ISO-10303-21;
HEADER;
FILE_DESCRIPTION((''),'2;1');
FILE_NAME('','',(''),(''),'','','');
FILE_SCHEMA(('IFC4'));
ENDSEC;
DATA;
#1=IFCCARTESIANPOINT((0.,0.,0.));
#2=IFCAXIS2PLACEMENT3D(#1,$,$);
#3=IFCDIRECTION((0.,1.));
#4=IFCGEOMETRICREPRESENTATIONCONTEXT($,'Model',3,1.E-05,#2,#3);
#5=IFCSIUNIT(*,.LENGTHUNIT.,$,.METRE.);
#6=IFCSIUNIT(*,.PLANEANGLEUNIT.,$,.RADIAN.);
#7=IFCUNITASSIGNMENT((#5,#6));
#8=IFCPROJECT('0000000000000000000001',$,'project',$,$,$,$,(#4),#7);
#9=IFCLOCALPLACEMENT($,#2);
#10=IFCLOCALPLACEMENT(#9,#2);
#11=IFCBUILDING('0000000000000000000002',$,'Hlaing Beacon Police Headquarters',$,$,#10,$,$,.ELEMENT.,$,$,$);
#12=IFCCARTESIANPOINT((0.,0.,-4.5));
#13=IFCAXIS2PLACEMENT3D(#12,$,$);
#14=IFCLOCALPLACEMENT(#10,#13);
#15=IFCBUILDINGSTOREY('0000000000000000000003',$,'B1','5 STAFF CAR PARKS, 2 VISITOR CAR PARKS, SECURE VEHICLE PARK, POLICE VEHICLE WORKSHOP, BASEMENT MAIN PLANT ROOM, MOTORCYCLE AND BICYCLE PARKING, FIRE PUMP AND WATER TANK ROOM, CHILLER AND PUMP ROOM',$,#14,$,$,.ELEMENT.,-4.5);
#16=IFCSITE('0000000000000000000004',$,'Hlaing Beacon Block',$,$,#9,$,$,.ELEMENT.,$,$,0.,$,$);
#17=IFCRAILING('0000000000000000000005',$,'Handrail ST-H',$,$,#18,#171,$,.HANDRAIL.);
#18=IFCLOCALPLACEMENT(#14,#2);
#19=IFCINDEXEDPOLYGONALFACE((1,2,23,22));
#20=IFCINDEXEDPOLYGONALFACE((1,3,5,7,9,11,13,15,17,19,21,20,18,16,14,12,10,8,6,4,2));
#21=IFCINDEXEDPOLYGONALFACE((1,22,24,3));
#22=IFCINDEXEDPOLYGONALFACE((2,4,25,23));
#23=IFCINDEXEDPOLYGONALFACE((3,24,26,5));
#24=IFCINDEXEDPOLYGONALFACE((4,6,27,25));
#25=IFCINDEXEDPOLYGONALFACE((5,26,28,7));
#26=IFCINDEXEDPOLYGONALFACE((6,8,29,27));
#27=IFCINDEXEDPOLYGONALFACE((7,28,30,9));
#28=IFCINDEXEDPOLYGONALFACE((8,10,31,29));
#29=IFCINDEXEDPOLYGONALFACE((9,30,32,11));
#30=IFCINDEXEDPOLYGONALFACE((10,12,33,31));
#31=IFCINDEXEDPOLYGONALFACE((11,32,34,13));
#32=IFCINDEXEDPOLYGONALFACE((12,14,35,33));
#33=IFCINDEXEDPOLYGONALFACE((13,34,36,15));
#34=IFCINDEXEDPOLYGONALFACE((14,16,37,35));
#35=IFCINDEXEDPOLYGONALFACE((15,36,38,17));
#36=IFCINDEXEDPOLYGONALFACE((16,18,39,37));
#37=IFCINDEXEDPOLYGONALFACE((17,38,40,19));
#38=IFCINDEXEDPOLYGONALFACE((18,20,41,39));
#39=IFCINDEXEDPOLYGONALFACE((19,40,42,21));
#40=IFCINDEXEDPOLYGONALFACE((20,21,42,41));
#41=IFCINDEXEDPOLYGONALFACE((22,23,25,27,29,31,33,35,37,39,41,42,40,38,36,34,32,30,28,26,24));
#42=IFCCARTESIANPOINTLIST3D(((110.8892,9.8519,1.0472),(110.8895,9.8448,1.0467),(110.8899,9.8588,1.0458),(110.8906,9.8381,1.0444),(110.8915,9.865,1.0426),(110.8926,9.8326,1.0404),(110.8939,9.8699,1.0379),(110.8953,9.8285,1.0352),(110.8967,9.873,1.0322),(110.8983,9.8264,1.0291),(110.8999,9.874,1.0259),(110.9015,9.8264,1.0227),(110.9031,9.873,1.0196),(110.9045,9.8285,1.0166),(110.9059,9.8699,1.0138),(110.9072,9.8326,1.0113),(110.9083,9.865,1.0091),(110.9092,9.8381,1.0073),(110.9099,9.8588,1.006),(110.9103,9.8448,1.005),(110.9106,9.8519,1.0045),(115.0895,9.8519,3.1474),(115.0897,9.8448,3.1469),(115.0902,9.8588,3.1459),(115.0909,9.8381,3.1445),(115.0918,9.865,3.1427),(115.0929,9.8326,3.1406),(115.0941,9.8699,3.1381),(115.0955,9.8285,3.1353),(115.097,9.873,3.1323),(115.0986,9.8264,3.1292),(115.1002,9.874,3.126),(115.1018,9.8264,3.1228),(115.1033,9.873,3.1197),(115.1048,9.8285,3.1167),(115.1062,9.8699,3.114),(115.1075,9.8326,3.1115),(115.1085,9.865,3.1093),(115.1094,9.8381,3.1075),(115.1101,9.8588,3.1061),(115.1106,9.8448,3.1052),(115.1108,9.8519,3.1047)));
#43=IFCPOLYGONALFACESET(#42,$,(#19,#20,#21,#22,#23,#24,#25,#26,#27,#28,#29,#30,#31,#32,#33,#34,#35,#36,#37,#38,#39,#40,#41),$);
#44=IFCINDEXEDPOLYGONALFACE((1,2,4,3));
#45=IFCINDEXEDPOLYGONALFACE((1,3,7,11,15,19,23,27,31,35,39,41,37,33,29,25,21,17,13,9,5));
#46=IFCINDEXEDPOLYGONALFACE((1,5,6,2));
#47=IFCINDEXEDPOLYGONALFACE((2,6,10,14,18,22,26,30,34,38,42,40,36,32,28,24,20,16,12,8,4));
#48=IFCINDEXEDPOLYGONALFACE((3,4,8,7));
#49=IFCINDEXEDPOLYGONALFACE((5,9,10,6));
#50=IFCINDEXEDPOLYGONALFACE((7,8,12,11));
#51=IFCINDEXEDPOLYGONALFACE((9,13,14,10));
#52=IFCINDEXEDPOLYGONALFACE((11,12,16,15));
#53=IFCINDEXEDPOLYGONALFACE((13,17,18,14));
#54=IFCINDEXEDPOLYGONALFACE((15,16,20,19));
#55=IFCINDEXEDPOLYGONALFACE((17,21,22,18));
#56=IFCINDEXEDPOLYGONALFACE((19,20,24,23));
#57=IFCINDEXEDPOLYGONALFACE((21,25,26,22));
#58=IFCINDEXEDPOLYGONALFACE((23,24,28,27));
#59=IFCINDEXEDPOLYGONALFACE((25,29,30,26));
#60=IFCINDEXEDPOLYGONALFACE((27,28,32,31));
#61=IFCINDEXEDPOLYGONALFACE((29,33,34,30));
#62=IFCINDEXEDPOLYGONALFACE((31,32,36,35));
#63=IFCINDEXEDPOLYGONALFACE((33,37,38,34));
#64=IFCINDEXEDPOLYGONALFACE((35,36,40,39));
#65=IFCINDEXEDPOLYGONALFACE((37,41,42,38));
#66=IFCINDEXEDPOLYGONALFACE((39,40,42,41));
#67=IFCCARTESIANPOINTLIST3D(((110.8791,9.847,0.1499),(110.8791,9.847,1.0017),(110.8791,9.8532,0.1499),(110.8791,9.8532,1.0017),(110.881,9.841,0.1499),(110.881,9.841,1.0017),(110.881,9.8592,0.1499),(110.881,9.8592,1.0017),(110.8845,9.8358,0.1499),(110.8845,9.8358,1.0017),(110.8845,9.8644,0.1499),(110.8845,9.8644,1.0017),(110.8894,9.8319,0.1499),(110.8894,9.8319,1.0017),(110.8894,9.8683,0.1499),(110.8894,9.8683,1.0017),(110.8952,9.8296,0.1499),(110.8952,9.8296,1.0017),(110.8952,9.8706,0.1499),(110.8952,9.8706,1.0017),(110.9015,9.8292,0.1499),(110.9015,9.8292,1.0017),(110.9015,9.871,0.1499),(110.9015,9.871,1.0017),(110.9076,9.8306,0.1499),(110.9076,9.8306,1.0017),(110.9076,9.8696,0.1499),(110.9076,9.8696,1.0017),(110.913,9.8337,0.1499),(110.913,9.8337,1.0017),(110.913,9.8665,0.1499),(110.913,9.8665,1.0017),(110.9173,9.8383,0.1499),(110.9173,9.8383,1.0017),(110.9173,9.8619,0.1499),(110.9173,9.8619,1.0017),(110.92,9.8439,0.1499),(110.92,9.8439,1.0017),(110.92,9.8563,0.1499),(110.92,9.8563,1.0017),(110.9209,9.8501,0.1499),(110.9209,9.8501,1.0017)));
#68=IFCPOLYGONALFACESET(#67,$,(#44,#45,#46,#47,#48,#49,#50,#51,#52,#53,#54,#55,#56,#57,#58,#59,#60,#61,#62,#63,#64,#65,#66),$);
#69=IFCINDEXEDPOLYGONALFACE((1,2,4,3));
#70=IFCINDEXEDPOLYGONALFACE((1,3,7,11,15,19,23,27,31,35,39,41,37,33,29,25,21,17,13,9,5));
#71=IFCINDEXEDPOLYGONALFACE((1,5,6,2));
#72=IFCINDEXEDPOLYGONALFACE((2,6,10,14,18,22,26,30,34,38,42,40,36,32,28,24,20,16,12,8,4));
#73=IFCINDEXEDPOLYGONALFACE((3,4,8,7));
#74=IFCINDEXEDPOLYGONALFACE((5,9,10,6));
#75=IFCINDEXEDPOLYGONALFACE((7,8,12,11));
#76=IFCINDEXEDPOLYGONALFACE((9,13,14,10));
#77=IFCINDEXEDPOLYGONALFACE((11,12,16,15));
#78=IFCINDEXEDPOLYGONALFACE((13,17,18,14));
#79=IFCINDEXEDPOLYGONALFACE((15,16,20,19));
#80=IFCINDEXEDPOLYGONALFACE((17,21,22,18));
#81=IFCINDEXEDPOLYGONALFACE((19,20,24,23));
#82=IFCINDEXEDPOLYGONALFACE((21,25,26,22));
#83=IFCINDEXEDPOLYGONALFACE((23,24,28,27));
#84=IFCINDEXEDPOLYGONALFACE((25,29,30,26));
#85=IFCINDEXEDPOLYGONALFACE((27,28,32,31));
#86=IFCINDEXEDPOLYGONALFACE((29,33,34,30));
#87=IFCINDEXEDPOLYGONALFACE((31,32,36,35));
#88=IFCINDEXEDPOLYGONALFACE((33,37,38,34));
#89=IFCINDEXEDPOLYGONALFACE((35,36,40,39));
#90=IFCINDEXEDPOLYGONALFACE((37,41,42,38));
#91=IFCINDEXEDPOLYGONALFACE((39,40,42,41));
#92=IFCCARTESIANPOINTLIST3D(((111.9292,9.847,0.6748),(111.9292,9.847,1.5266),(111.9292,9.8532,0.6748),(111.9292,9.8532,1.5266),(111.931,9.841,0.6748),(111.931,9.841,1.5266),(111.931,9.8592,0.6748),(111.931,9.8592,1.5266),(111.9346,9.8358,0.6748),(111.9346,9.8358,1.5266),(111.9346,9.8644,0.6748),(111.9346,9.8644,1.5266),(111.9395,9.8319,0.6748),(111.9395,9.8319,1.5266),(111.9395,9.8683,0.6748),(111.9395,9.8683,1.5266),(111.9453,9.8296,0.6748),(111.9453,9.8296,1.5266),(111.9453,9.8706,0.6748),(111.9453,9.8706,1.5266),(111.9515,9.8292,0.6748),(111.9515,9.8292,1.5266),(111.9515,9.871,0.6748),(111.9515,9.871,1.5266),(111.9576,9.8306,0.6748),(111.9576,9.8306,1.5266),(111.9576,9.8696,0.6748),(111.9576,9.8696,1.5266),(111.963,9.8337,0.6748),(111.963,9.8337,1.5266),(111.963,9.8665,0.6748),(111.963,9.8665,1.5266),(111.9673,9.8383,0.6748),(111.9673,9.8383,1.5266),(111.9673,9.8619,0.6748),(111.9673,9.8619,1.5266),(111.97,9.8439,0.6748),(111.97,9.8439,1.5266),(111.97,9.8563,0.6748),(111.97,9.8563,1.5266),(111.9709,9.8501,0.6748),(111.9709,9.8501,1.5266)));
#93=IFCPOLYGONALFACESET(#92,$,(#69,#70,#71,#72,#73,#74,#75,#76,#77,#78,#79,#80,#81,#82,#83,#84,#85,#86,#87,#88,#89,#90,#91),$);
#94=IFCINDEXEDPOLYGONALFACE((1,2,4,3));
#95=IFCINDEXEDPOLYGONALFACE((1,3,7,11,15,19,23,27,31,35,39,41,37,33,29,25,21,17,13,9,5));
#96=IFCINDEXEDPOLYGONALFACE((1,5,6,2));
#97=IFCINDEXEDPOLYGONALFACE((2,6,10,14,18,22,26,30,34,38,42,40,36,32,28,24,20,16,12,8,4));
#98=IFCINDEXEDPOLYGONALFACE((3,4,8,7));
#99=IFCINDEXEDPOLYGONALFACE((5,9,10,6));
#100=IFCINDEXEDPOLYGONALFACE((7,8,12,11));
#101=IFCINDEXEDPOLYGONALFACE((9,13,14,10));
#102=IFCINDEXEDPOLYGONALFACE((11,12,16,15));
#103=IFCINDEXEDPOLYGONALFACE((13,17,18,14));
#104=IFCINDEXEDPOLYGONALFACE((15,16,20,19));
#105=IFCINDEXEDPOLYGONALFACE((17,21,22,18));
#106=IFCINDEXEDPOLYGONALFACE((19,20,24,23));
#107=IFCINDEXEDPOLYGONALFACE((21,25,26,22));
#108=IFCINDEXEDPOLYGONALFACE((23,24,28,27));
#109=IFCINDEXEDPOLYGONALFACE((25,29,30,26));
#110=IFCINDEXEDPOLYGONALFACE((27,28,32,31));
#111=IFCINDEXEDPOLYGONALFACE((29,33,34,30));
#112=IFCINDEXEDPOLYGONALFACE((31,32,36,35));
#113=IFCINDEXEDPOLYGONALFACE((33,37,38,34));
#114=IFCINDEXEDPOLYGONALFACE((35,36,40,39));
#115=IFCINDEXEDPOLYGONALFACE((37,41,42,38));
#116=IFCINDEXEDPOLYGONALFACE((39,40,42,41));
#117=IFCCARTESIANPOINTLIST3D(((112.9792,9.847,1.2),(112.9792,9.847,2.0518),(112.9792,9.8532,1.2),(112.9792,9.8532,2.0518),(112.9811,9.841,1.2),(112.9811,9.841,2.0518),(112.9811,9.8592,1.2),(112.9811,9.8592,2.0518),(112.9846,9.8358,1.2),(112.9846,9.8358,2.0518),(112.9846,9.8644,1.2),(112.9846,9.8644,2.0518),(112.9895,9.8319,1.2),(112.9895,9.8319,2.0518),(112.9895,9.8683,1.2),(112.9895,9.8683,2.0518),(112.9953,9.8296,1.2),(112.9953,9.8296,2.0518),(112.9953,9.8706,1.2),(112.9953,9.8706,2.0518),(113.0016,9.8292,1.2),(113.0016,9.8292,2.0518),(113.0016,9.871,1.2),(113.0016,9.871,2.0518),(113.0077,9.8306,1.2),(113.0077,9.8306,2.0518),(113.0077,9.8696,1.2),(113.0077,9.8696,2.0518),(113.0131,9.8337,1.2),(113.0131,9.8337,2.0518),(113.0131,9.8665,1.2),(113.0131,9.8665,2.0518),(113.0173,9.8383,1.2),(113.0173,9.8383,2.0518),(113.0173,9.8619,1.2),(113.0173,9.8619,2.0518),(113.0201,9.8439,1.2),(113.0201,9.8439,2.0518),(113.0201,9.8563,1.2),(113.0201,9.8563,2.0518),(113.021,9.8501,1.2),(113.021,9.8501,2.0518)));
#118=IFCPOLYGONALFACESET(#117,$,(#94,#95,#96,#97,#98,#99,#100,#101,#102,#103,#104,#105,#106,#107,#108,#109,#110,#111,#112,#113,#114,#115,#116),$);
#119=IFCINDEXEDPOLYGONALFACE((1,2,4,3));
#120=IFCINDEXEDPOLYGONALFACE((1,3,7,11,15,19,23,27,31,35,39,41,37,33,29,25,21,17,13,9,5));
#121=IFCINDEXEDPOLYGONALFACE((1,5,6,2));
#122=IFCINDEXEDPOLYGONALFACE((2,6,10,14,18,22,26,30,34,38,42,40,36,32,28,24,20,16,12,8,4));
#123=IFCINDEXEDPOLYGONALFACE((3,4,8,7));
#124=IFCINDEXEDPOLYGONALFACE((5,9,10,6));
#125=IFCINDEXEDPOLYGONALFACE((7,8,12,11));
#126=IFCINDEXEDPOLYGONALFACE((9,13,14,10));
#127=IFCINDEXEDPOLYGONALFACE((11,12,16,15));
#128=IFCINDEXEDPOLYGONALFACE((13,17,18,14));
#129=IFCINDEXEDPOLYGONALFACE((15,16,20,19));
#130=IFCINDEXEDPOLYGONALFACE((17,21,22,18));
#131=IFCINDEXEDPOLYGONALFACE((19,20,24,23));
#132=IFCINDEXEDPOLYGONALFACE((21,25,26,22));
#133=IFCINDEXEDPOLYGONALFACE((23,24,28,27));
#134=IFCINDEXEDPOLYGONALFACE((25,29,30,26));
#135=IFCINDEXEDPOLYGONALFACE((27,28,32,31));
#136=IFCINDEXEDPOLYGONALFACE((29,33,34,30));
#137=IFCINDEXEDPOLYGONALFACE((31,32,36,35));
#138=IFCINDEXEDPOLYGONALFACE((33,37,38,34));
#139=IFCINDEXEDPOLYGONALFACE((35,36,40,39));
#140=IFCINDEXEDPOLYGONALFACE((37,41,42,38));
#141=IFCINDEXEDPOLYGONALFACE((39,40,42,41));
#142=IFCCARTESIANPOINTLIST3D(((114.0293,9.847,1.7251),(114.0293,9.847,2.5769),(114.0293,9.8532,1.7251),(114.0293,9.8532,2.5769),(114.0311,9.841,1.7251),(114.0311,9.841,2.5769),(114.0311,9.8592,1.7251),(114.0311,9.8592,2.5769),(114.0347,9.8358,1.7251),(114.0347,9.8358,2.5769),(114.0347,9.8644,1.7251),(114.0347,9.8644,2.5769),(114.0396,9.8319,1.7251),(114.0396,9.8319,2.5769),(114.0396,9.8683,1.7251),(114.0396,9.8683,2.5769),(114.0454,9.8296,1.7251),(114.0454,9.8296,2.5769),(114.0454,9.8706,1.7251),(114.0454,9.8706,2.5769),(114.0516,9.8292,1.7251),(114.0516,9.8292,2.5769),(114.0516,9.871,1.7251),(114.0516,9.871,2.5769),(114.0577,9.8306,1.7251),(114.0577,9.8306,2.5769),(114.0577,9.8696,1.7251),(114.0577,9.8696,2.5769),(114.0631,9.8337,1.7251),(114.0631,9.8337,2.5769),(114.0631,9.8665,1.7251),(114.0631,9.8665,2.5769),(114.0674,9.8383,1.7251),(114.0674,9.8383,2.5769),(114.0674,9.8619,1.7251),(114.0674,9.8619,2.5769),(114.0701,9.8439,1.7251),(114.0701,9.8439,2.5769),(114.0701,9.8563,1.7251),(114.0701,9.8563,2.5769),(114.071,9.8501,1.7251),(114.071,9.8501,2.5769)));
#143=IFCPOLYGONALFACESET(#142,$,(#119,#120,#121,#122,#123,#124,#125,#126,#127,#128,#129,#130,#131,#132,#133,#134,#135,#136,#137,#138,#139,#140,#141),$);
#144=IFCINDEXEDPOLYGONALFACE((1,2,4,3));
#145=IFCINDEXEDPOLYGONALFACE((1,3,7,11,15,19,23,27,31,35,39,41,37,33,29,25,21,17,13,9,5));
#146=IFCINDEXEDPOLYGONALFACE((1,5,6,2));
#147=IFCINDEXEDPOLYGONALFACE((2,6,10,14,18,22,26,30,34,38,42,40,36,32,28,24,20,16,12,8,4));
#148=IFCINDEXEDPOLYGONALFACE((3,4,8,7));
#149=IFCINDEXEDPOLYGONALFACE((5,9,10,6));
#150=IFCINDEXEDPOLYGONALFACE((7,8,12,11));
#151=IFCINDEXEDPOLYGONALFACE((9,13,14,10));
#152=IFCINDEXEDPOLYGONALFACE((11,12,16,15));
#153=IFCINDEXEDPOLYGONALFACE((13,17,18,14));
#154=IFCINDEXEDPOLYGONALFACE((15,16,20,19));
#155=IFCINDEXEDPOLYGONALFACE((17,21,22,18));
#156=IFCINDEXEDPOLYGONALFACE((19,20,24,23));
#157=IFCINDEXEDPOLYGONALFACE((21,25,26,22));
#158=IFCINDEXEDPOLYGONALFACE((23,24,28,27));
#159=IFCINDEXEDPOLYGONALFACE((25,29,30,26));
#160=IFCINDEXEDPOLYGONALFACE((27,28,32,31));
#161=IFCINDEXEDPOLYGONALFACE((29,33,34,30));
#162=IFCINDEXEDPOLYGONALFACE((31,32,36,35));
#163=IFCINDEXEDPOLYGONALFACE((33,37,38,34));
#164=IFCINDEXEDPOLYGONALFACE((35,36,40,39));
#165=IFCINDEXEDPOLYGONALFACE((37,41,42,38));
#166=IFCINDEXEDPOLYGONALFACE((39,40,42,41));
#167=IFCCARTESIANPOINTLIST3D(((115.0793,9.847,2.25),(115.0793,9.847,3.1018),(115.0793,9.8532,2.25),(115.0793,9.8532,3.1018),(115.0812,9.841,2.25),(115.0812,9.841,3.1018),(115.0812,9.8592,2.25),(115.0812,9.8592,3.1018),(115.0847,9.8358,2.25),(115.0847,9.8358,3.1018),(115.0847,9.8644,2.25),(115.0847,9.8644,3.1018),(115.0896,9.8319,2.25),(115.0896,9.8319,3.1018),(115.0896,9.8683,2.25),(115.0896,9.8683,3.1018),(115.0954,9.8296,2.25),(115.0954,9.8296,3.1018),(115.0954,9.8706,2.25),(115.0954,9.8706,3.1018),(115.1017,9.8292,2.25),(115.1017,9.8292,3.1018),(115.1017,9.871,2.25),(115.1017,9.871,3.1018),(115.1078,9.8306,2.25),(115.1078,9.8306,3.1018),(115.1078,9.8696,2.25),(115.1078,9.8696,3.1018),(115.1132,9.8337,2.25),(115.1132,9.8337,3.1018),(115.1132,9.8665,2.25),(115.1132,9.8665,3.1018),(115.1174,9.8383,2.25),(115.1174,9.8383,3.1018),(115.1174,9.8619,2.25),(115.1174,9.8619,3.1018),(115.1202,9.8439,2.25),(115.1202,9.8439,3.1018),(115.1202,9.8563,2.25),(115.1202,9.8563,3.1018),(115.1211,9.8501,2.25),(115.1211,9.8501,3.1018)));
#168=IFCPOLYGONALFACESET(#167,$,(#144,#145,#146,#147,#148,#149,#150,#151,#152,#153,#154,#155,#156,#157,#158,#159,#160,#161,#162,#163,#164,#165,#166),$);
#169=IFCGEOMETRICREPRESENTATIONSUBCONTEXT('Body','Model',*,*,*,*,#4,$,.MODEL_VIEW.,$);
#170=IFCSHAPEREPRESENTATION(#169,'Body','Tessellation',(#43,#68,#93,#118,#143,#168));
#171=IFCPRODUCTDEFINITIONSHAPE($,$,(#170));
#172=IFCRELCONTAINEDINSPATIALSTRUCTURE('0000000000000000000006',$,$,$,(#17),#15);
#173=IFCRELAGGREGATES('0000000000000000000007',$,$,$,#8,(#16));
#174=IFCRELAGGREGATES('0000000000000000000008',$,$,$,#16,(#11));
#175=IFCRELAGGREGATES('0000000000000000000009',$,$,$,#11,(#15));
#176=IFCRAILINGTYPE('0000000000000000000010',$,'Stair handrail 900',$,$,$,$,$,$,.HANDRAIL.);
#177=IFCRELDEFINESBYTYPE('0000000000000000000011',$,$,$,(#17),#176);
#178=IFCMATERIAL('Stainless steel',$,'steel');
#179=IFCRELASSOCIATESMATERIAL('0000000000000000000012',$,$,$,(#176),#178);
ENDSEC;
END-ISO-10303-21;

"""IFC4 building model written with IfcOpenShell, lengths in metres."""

from ifc_helpers import new_model, si_unit, direction, frame, origin, origin_2d, place, context, subcontext, project, spatial, circle, extrude, material, type_object, element, save


model = new_model("IFC4")

# Units and contexts
model_context = context("Model", 3, precision=1e-05, world=origin(), true_north=direction((0.0, 1.0)))
body_context = subcontext(model_context, "Body", "Model", "MODEL_VIEW")
ifc_project = project(units=[si_unit("LENGTHUNIT", "METRE"), si_unit("PLANEANGLEUNIT", "RADIAN")], contexts=[model_context])

# Site, building, storey
site_placement = place(None, origin())
site = spatial("IfcSite", under=ifc_project, at=site_placement, Name="Hlaing Beacon Block", CompositionType="ELEMENT", RefElevation=0.0)
building_placement = place(site_placement, origin())
building = spatial("IfcBuilding", under=site, at=building_placement, Name="Hlaing Beacon Police Headquarters", CompositionType="ELEMENT")
storey_placement = place(building_placement, frame((0.0, 0.0, -4.5)))
storey = spatial("IfcBuildingStorey", under=building, at=storey_placement, Name="B1", Description="5 STAFF CAR PARKS, 2 VISITOR CAR PARKS, SECURE VEHICLE PARK, POLICE VEHICLE WORKSHOP, BASEMENT MAIN PLANT ROOM, MOTORCYCLE AND BICYCLE PARKING, FIRE PUMP AND WATER TANK ROOM, CHILLER AND PUMP ROOM", CompositionType="ELEMENT", Elevation=-4.5)

# Railing
ifc_material_1 = material(Name="Stainless steel", Category="steel")
railing_type = type_object("IfcRailingType", Name="Stair handrail 900", PredefinedType="HANDRAIL", material=ifc_material_1)
railing_1_placement = place(storey_placement, frame((110.8999, 9.8501, 0.1499)))
element("IfcRailing", 1, at=railing_1_placement, inside=storey, type_object=railing_type, Name="Handrail ST-H", PredefinedType="HANDRAIL", context=body_context, shape_type="SweptSolid", body=[
    extrude(circle(Radius=0.0239, at=origin_2d()), frame((0.0, 0.0, 0.876), z_axis=(0.894427, 0.0, 0.447214), x_axis=(0.0, 1.0, 0.0)), (0.0, 0.0, 1.0), 4.696),
    extrude(circle(Radius=0.021, at=origin_2d()), origin(), (0.0, 0.0, 1.0), 0.8518),
    extrude(circle(Radius=0.021, at=origin_2d()), frame((1.05, 0.0, 0.5249)), (0.0, 0.0, 1.0), 0.8518),
    extrude(circle(Radius=0.021, at=origin_2d()), frame((2.1001, 0.0, 1.05)), (0.0, 0.0, 1.0), 0.8518),
    extrude(circle(Radius=0.021, at=origin_2d()), frame((3.1501, 0.0, 1.5752)), (0.0, 0.0, 1.0), 0.8518),
    extrude(circle(Radius=0.021, at=origin_2d()), frame((4.2002, 0.0, 2.1001)), (0.0, 0.0, 1.0), 0.8518),
])

save(model, "model.ifc")
